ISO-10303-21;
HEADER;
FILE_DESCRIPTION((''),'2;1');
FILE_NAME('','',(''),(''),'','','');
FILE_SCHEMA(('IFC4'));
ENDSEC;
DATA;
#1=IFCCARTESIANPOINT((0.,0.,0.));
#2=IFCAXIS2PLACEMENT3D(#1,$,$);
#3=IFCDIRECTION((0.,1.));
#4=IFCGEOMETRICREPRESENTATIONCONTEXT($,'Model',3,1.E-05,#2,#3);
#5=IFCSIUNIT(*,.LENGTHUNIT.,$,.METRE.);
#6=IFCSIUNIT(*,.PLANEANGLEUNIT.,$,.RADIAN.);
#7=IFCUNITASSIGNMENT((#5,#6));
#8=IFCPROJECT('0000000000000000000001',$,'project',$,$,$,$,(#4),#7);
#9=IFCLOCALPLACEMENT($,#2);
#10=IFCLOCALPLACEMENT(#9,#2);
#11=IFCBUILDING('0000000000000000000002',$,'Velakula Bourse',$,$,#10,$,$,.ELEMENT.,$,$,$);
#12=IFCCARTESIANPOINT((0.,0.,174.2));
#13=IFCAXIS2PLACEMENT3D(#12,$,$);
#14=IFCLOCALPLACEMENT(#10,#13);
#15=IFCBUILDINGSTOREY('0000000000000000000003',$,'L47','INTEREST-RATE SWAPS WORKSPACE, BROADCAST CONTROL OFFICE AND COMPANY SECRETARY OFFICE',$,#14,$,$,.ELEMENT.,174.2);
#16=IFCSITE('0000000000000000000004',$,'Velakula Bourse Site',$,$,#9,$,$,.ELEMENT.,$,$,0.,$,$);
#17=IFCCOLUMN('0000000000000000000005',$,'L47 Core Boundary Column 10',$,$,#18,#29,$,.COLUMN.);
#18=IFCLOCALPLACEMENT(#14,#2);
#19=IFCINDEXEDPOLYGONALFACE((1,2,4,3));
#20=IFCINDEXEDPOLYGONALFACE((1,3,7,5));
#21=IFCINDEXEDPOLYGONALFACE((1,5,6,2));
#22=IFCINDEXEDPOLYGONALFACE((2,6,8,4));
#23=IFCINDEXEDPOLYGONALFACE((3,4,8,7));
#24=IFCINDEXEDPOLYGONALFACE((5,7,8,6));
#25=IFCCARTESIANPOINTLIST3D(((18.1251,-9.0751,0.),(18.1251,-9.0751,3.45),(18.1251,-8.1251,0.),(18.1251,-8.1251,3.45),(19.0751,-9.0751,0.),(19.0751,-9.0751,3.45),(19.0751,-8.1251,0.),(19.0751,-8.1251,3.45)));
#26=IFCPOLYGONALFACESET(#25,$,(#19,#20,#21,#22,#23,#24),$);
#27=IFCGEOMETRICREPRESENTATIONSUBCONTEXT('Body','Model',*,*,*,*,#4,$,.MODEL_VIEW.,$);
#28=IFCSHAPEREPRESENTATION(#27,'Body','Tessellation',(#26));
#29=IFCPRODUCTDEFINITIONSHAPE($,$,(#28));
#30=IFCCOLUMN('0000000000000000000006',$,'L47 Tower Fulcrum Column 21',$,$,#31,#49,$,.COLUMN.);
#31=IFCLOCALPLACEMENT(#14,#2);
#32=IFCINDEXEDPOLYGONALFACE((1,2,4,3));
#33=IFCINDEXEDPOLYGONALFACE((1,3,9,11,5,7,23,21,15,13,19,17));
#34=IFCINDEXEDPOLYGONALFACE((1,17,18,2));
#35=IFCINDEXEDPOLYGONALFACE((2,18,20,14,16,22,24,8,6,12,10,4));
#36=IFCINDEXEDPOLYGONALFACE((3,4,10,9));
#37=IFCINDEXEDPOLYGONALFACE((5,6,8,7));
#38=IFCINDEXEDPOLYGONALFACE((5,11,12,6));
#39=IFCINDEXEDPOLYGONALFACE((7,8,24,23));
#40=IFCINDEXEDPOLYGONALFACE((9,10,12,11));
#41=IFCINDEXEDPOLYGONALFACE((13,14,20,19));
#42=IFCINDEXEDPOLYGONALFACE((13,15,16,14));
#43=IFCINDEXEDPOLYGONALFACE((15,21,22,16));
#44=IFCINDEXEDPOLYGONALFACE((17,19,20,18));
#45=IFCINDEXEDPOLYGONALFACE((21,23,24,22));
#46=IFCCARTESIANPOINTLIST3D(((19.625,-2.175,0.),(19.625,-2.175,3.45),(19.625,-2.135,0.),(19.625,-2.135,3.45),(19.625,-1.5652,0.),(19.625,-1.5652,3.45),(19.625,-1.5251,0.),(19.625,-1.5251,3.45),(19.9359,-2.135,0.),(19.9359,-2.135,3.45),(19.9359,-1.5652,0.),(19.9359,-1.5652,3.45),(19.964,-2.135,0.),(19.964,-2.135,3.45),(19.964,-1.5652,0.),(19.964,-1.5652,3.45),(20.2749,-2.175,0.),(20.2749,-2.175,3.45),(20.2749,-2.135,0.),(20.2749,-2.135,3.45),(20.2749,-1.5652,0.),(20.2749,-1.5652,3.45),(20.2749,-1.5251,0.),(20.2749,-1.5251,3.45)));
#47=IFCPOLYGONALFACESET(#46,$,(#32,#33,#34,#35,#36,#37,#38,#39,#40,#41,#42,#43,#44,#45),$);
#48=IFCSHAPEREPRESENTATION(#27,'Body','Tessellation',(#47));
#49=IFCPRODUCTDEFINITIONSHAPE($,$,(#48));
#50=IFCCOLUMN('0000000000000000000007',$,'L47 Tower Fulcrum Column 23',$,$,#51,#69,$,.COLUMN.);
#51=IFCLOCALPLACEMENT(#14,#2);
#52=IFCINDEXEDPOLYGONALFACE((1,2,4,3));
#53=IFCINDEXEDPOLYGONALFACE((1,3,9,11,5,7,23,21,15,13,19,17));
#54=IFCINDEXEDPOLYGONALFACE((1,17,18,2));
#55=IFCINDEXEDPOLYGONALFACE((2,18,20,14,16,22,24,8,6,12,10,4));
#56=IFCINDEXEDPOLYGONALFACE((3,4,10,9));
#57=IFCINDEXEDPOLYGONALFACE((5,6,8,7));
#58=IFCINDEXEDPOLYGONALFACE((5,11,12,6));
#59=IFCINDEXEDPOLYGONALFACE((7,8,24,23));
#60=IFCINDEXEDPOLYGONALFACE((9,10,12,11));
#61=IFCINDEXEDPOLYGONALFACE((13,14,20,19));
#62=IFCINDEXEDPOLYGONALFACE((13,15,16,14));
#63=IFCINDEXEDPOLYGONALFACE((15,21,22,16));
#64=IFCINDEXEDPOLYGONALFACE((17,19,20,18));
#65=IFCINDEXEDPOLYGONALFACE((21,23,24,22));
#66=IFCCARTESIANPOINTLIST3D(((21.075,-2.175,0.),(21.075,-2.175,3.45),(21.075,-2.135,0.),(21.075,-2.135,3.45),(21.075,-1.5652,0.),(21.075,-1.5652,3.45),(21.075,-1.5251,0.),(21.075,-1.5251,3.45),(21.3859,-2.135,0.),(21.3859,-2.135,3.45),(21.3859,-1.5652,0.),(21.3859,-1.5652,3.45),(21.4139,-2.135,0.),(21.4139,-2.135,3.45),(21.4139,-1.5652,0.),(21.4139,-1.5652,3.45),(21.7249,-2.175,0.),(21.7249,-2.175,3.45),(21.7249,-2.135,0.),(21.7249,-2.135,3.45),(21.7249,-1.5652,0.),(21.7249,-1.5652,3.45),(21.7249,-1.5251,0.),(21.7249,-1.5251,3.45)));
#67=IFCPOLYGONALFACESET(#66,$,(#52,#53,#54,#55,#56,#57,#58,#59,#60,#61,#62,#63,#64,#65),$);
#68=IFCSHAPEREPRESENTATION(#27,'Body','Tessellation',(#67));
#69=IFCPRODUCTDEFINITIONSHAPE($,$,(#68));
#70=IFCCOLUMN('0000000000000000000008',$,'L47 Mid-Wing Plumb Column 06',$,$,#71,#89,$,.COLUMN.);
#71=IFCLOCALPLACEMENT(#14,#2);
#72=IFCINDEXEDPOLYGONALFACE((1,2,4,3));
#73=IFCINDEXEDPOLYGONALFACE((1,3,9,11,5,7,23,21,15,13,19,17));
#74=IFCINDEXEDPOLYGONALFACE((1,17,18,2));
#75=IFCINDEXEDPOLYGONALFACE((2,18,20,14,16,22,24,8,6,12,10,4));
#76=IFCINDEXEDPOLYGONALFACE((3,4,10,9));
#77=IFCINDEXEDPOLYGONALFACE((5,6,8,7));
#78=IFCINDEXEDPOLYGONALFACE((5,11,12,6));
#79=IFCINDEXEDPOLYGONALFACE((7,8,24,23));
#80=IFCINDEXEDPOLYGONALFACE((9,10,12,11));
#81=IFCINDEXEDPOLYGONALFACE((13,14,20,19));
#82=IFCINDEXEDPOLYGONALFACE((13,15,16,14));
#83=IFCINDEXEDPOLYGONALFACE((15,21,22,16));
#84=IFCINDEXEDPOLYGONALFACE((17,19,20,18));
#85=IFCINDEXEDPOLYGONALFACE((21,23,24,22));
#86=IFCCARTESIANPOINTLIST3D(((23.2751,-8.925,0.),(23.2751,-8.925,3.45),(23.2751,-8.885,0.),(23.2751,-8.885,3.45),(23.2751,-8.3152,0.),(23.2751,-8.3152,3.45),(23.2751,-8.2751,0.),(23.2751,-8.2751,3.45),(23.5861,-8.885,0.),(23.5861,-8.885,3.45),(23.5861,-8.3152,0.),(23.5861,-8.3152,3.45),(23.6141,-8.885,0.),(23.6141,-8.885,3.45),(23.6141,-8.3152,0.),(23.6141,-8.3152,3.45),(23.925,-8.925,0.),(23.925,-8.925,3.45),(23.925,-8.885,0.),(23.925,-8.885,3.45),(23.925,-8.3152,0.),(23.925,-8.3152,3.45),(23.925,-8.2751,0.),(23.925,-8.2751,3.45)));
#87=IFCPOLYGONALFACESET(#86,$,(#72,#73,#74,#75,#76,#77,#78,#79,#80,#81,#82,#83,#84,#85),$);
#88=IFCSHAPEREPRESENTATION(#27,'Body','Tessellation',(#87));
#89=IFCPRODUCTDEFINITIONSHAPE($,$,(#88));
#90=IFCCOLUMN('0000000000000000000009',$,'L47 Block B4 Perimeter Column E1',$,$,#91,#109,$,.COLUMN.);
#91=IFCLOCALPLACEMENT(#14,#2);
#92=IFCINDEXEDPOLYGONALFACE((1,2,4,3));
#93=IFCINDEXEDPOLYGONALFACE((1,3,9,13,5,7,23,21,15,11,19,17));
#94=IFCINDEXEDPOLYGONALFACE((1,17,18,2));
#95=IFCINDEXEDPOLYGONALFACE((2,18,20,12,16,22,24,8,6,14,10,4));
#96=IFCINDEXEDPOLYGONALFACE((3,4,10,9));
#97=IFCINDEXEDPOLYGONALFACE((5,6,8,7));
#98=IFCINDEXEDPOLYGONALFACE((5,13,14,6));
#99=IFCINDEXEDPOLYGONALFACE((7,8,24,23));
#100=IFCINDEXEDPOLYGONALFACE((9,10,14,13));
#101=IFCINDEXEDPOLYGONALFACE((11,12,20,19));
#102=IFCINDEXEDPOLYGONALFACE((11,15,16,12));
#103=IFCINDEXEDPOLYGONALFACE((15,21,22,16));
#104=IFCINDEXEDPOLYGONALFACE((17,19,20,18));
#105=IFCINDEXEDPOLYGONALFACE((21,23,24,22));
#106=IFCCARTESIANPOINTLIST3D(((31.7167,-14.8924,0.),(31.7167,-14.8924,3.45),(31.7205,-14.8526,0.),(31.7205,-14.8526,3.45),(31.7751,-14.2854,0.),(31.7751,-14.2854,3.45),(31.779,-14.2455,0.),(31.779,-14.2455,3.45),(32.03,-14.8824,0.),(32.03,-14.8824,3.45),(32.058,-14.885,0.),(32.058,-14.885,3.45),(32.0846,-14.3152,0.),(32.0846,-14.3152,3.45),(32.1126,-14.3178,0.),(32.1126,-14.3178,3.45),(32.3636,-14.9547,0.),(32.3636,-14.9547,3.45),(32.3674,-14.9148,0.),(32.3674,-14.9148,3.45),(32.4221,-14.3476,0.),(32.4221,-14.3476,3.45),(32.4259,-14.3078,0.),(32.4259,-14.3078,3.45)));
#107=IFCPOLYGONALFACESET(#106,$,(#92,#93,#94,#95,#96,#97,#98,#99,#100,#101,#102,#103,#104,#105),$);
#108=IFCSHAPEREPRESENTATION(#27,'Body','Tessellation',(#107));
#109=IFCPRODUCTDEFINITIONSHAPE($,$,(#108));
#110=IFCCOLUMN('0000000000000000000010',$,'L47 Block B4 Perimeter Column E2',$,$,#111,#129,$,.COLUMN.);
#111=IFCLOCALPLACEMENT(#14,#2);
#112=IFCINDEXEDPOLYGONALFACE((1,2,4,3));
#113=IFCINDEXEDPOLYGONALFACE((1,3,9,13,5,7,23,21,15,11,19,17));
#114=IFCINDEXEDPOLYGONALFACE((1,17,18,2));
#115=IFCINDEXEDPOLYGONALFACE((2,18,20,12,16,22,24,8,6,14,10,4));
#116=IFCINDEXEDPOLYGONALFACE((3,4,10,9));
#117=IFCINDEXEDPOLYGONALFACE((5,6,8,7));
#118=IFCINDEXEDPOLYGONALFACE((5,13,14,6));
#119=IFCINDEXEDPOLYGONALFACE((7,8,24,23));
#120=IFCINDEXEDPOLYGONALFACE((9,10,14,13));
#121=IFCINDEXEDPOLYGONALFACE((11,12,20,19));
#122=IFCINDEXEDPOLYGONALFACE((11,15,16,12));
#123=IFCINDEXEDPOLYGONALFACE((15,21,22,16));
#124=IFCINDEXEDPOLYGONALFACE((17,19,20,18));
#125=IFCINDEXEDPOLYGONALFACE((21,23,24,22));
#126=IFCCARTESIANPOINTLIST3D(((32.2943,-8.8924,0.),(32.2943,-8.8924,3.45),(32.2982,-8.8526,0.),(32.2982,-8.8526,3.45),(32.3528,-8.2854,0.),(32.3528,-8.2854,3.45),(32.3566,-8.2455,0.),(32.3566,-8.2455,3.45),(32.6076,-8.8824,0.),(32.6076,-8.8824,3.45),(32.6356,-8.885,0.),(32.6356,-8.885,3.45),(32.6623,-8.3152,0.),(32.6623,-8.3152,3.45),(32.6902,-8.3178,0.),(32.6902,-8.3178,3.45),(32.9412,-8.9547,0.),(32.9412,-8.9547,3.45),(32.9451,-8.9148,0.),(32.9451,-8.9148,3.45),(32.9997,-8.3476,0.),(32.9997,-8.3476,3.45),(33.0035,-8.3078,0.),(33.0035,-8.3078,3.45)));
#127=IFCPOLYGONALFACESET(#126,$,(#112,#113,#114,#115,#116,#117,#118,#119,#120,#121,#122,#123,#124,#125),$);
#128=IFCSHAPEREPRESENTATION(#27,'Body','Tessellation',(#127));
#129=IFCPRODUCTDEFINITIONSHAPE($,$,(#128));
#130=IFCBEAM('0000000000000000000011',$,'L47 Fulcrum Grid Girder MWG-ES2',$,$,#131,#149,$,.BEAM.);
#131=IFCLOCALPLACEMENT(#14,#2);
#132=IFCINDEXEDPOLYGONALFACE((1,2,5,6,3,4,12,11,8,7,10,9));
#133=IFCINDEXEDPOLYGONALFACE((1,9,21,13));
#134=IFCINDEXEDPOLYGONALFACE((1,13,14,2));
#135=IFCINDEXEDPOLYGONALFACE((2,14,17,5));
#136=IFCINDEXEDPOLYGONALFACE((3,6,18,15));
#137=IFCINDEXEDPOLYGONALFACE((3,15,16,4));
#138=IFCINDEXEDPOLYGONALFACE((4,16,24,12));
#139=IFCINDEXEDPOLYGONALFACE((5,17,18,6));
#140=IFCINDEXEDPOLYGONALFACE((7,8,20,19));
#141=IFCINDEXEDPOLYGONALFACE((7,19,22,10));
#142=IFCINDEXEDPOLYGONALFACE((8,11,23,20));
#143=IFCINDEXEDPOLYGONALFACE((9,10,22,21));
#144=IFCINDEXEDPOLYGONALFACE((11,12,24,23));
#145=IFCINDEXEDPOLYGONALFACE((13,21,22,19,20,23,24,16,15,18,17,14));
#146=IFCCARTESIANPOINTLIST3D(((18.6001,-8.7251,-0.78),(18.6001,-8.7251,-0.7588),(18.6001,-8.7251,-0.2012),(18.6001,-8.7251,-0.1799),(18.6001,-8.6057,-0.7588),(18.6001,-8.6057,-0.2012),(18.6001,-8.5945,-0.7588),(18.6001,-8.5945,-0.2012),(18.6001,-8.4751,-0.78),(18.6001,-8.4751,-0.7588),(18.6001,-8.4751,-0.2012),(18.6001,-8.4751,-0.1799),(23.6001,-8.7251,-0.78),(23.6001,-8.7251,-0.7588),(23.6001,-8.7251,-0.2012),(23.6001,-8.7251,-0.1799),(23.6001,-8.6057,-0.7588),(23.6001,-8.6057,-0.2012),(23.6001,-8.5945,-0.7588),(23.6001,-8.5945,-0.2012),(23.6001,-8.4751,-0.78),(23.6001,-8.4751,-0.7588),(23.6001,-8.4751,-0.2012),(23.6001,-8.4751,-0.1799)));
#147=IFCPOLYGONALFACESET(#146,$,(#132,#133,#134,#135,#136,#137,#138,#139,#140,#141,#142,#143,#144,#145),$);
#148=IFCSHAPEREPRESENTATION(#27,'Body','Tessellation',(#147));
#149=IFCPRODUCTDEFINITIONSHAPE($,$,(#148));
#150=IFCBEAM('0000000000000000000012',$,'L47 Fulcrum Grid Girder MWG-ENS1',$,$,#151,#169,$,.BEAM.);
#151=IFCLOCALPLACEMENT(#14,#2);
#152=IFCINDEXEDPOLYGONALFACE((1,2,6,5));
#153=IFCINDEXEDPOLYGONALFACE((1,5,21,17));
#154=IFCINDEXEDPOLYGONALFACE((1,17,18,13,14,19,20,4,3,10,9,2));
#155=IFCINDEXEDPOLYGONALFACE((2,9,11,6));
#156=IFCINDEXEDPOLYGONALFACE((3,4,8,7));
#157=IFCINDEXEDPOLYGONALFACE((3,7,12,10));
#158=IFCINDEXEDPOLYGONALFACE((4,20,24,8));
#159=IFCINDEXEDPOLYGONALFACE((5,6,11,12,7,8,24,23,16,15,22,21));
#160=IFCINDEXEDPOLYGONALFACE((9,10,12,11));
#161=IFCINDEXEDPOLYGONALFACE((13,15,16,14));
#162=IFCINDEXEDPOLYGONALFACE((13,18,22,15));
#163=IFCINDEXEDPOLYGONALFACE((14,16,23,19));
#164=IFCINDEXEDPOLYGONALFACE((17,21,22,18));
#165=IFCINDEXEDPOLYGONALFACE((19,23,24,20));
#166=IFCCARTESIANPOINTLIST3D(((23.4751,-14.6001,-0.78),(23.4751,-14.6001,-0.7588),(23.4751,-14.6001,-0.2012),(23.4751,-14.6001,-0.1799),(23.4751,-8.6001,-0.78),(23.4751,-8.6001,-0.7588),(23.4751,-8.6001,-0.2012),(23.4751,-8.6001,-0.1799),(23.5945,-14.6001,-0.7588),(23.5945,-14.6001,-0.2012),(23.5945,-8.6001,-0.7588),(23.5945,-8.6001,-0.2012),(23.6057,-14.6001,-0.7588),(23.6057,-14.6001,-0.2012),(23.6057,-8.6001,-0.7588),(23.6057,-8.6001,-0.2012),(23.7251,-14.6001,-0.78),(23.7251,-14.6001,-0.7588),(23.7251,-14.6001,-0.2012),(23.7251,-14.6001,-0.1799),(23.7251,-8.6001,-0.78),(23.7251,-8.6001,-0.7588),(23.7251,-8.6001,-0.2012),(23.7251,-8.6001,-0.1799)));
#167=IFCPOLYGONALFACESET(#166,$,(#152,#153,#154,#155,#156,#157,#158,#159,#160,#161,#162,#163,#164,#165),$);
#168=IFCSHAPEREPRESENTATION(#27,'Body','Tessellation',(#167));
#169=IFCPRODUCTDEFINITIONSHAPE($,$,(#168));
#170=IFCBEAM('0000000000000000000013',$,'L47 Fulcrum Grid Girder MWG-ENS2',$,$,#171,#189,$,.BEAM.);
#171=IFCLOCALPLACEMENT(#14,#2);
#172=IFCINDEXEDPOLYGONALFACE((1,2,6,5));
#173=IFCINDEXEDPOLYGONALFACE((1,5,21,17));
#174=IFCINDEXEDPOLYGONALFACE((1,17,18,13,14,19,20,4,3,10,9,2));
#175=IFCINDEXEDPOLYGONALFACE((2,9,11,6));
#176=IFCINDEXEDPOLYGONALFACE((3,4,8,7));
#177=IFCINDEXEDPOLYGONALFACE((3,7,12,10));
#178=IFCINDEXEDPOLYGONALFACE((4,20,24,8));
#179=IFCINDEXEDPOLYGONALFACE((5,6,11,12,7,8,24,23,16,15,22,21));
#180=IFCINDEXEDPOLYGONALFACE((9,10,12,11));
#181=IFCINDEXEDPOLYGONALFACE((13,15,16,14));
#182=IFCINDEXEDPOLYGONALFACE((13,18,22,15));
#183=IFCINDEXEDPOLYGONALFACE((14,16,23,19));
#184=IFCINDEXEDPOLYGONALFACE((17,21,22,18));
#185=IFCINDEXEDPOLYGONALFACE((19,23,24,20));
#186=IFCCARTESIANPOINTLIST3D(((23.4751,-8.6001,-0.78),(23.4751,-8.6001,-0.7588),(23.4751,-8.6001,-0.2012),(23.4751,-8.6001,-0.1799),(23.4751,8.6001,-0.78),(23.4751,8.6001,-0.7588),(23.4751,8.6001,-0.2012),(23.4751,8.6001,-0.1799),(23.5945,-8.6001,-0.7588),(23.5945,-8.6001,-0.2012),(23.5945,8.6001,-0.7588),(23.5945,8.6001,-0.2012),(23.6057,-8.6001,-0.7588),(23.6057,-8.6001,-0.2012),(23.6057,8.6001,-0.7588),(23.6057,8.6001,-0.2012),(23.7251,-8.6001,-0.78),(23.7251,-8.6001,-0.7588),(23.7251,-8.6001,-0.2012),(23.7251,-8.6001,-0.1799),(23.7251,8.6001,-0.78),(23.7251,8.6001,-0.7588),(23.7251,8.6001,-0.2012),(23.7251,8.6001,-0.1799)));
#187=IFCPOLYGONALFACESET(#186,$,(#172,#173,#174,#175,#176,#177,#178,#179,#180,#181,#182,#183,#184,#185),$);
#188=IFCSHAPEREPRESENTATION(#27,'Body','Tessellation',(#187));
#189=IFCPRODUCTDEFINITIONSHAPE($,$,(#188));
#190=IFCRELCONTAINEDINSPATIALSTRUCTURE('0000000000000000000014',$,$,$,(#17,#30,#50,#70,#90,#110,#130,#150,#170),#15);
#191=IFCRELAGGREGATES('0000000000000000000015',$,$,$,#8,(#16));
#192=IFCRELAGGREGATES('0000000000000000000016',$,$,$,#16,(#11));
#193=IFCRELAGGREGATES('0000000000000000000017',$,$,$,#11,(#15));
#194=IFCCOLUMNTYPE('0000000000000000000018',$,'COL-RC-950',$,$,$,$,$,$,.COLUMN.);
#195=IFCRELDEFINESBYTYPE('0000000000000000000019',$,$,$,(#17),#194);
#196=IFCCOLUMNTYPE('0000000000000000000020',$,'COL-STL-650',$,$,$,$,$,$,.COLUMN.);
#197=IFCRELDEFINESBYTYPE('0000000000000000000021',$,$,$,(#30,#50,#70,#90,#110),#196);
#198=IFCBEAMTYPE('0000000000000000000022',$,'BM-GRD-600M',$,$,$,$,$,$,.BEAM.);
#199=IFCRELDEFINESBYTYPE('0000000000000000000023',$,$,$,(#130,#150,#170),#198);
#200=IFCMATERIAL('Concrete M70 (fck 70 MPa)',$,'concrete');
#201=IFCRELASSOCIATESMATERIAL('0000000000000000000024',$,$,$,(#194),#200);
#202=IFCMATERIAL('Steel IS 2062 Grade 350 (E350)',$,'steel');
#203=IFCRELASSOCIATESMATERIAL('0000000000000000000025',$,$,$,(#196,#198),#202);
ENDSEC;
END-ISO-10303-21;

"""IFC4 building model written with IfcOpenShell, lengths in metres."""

from ifc_helpers import new_model, si_unit, direction, frame, origin, origin_2d, place, context, subcontext, project, spatial, rectangle, i_section, extrude, material, material_profile, profile_set, type_object, element, save


model = new_model("IFC4")

# Units and contexts
model_context = context("Model", 3, precision=1e-05, world=origin(), true_north=direction((0.0, 1.0)))
body_context = subcontext(model_context, "Body", "Model", "MODEL_VIEW")
ifc_project = project(units=[si_unit("LENGTHUNIT", "METRE"), si_unit("PLANEANGLEUNIT", "RADIAN")], contexts=[model_context])

# Site, building, storey
site_placement = place(None, origin())
site = spatial("IfcSite", under=ifc_project, at=site_placement, Name="Velakula Bourse Site", CompositionType="ELEMENT", RefElevation=0.0)
building_placement = place(site_placement, origin())
building = spatial("IfcBuilding", under=site, at=building_placement, Name="Velakula Bourse", CompositionType="ELEMENT")
storey_placement = place(building_placement, frame((0.0, 0.0, 174.2)))
storey = spatial("IfcBuildingStorey", under=building, at=storey_placement, Name="L47", Description="INTEREST-RATE SWAPS WORKSPACE, BROADCAST CONTROL OFFICE AND COMPANY SECRETARY OFFICE", CompositionType="ELEMENT", Elevation=174.2)

# Columns
ifc_material_1 = material(Name="Concrete M70 (fck 70 MPa)", Category="concrete")
ifc_material_profile_1 = material_profile(ifc_material_1, rectangle(XDim=0.95, YDim=0.95, at=origin_2d()), Name="Concrete M70 (fck 70 MPa)")
ifc_profile_set_1 = profile_set([ifc_material_profile_1], Name="Concrete M70 (fck 70 MPa)")
column_type_1 = type_object("IfcColumnType", Name="COL-RC-950", PredefinedType="COLUMN", material=ifc_profile_set_1)
column_placement = place(storey_placement, frame((18.6001, -8.6001, 0.0), z_axis=(0.0, 0.0, 1.0), x_axis=(1.0, 0.0, 0.0)))
element("IfcColumn", 1, at=column_placement, inside=storey, type_object=column_type_1, Name="L47 Core Boundary Column 10", PredefinedType="COLUMN", context=body_context, shape_type="SweptSolid", body=[
    extrude(rectangle(XDim=0.95, YDim=0.95, at=origin_2d()), origin(), (0.0, 0.0, 1.0), 3.45),
])
ifc_material_2 = material(Name="Steel IS 2062 Grade 350 (E350)", Category="steel")
ifc_material_profile_2 = material_profile(ifc_material_2, i_section(OverallWidth=0.6499, OverallDepth=0.6499, WebThickness=0.0281, FlangeThickness=0.04, at=origin_2d()), Name="Steel IS 2062 Grade 350 (E350)")
ifc_profile_set_2 = profile_set([ifc_material_profile_2], Name="Steel IS 2062 Grade 350 (E350)")
column_type_2 = type_object("IfcColumnType", Name="COL-STL-650", PredefinedType="COLUMN", material=ifc_profile_set_2)
for number, where, z_axis, x_axis, name in (
    (2, (19.95, -1.8501, 0.0), (0.0, 0.0, 1.0), (1.0, 0.0, 0.0), "L47 Tower Fulcrum Column 21"),
    (3, (21.3999, -1.8501, 0.0), (0.0, 0.0, 1.0), (1.0, 0.0, 0.0), "L47 Tower Fulcrum Column 23"),
    (4, (23.6001, -8.6001, 0.0), (0.0, 0.0, 1.0), (1.0, 0.0, 0.0), "L47 Mid-Wing Plumb Column 06"),
    (5, (32.0713, -14.6001, 0.0), (0.0, 0.0, 1.0), (0.995396, -0.095846, 0.0), "L47 Block B4 Perimeter Column E1"),
    (6, (32.6489, -8.6001, 0.0), (0.0, 0.0, 1.0), (0.995396, -0.095846, 0.0), "L47 Block B4 Perimeter Column E2"),
):
    element("IfcColumn", number, at=place(storey_placement, frame(where, z_axis=z_axis, x_axis=x_axis)), inside=storey, type_object=column_type_2, Name=name, PredefinedType="COLUMN", context=body_context, shape_type="SweptSolid", body=[
        extrude(i_section(OverallWidth=0.6499, OverallDepth=0.6499, WebThickness=0.0281, FlangeThickness=0.04, at=origin_2d()), origin(), (0.0, 0.0, 1.0), 3.45),
    ])

# Beams
ifc_material_profile_3 = material_profile(ifc_material_2, i_section(OverallWidth=0.25, OverallDepth=0.6001, WebThickness=0.0112, FlangeThickness=0.0212, at=origin_2d()), Name="Steel IS 2062 Grade 350 (E350)")
ifc_profile_set_3 = profile_set([ifc_material_profile_3], Name="Steel IS 2062 Grade 350 (E350)")
beam_type_1 = type_object("IfcBeamType", Name="BM-GRD-600M", PredefinedType="BEAM", material=ifc_profile_set_3)
beam_1_placement = place(storey_placement, frame((18.6001, -8.6001, -0.48), z_axis=(1.0, 0.0, 0.0), x_axis=(0.0, 1.0, 0.0)))
element("IfcBeam", 7, at=beam_1_placement, inside=storey, type_object=beam_type_1, Name="L47 Fulcrum Grid Girder MWG-ES2", PredefinedType="BEAM", context=body_context, shape_type="SweptSolid", body=[
    extrude(i_section(OverallWidth=0.25, OverallDepth=0.6001, WebThickness=0.0112, FlangeThickness=0.0212, at=origin_2d()), origin(), (0.0, 0.0, 1.0), 5.0),
])
beam_2_placement = place(storey_placement, frame((23.6001, -14.6001, -0.48), z_axis=(0.0, 1.0, 0.0), x_axis=(-1.0, 0.0, 0.0)))
element("IfcBeam", 8, at=beam_2_placement, inside=storey, type_object=beam_type_1, Name="L47 Fulcrum Grid Girder MWG-ENS1", PredefinedType="BEAM", context=body_context, shape_type="SweptSolid", body=[
    extrude(i_section(OverallWidth=0.25, OverallDepth=0.6001, WebThickness=0.0112, FlangeThickness=0.0212, at=origin_2d()), origin(), (0.0, 0.0, 1.0), 6.0),
])
beam_3_placement = place(storey_placement, frame((23.6001, -8.6001, -0.48), z_axis=(0.0, 1.0, 0.0), x_axis=(-1.0, 0.0, 0.0)))
element("IfcBeam", 9, at=beam_3_placement, inside=storey, type_object=beam_type_1, Name="L47 Fulcrum Grid Girder MWG-ENS2", PredefinedType="BEAM", context=body_context, shape_type="SweptSolid", body=[
    extrude(i_section(OverallWidth=0.25, OverallDepth=0.6001, WebThickness=0.0112, FlangeThickness=0.0212, at=origin_2d()), origin(), (0.0, 0.0, 1.0), 17.2002),
])

save(model, "model.ifc")
